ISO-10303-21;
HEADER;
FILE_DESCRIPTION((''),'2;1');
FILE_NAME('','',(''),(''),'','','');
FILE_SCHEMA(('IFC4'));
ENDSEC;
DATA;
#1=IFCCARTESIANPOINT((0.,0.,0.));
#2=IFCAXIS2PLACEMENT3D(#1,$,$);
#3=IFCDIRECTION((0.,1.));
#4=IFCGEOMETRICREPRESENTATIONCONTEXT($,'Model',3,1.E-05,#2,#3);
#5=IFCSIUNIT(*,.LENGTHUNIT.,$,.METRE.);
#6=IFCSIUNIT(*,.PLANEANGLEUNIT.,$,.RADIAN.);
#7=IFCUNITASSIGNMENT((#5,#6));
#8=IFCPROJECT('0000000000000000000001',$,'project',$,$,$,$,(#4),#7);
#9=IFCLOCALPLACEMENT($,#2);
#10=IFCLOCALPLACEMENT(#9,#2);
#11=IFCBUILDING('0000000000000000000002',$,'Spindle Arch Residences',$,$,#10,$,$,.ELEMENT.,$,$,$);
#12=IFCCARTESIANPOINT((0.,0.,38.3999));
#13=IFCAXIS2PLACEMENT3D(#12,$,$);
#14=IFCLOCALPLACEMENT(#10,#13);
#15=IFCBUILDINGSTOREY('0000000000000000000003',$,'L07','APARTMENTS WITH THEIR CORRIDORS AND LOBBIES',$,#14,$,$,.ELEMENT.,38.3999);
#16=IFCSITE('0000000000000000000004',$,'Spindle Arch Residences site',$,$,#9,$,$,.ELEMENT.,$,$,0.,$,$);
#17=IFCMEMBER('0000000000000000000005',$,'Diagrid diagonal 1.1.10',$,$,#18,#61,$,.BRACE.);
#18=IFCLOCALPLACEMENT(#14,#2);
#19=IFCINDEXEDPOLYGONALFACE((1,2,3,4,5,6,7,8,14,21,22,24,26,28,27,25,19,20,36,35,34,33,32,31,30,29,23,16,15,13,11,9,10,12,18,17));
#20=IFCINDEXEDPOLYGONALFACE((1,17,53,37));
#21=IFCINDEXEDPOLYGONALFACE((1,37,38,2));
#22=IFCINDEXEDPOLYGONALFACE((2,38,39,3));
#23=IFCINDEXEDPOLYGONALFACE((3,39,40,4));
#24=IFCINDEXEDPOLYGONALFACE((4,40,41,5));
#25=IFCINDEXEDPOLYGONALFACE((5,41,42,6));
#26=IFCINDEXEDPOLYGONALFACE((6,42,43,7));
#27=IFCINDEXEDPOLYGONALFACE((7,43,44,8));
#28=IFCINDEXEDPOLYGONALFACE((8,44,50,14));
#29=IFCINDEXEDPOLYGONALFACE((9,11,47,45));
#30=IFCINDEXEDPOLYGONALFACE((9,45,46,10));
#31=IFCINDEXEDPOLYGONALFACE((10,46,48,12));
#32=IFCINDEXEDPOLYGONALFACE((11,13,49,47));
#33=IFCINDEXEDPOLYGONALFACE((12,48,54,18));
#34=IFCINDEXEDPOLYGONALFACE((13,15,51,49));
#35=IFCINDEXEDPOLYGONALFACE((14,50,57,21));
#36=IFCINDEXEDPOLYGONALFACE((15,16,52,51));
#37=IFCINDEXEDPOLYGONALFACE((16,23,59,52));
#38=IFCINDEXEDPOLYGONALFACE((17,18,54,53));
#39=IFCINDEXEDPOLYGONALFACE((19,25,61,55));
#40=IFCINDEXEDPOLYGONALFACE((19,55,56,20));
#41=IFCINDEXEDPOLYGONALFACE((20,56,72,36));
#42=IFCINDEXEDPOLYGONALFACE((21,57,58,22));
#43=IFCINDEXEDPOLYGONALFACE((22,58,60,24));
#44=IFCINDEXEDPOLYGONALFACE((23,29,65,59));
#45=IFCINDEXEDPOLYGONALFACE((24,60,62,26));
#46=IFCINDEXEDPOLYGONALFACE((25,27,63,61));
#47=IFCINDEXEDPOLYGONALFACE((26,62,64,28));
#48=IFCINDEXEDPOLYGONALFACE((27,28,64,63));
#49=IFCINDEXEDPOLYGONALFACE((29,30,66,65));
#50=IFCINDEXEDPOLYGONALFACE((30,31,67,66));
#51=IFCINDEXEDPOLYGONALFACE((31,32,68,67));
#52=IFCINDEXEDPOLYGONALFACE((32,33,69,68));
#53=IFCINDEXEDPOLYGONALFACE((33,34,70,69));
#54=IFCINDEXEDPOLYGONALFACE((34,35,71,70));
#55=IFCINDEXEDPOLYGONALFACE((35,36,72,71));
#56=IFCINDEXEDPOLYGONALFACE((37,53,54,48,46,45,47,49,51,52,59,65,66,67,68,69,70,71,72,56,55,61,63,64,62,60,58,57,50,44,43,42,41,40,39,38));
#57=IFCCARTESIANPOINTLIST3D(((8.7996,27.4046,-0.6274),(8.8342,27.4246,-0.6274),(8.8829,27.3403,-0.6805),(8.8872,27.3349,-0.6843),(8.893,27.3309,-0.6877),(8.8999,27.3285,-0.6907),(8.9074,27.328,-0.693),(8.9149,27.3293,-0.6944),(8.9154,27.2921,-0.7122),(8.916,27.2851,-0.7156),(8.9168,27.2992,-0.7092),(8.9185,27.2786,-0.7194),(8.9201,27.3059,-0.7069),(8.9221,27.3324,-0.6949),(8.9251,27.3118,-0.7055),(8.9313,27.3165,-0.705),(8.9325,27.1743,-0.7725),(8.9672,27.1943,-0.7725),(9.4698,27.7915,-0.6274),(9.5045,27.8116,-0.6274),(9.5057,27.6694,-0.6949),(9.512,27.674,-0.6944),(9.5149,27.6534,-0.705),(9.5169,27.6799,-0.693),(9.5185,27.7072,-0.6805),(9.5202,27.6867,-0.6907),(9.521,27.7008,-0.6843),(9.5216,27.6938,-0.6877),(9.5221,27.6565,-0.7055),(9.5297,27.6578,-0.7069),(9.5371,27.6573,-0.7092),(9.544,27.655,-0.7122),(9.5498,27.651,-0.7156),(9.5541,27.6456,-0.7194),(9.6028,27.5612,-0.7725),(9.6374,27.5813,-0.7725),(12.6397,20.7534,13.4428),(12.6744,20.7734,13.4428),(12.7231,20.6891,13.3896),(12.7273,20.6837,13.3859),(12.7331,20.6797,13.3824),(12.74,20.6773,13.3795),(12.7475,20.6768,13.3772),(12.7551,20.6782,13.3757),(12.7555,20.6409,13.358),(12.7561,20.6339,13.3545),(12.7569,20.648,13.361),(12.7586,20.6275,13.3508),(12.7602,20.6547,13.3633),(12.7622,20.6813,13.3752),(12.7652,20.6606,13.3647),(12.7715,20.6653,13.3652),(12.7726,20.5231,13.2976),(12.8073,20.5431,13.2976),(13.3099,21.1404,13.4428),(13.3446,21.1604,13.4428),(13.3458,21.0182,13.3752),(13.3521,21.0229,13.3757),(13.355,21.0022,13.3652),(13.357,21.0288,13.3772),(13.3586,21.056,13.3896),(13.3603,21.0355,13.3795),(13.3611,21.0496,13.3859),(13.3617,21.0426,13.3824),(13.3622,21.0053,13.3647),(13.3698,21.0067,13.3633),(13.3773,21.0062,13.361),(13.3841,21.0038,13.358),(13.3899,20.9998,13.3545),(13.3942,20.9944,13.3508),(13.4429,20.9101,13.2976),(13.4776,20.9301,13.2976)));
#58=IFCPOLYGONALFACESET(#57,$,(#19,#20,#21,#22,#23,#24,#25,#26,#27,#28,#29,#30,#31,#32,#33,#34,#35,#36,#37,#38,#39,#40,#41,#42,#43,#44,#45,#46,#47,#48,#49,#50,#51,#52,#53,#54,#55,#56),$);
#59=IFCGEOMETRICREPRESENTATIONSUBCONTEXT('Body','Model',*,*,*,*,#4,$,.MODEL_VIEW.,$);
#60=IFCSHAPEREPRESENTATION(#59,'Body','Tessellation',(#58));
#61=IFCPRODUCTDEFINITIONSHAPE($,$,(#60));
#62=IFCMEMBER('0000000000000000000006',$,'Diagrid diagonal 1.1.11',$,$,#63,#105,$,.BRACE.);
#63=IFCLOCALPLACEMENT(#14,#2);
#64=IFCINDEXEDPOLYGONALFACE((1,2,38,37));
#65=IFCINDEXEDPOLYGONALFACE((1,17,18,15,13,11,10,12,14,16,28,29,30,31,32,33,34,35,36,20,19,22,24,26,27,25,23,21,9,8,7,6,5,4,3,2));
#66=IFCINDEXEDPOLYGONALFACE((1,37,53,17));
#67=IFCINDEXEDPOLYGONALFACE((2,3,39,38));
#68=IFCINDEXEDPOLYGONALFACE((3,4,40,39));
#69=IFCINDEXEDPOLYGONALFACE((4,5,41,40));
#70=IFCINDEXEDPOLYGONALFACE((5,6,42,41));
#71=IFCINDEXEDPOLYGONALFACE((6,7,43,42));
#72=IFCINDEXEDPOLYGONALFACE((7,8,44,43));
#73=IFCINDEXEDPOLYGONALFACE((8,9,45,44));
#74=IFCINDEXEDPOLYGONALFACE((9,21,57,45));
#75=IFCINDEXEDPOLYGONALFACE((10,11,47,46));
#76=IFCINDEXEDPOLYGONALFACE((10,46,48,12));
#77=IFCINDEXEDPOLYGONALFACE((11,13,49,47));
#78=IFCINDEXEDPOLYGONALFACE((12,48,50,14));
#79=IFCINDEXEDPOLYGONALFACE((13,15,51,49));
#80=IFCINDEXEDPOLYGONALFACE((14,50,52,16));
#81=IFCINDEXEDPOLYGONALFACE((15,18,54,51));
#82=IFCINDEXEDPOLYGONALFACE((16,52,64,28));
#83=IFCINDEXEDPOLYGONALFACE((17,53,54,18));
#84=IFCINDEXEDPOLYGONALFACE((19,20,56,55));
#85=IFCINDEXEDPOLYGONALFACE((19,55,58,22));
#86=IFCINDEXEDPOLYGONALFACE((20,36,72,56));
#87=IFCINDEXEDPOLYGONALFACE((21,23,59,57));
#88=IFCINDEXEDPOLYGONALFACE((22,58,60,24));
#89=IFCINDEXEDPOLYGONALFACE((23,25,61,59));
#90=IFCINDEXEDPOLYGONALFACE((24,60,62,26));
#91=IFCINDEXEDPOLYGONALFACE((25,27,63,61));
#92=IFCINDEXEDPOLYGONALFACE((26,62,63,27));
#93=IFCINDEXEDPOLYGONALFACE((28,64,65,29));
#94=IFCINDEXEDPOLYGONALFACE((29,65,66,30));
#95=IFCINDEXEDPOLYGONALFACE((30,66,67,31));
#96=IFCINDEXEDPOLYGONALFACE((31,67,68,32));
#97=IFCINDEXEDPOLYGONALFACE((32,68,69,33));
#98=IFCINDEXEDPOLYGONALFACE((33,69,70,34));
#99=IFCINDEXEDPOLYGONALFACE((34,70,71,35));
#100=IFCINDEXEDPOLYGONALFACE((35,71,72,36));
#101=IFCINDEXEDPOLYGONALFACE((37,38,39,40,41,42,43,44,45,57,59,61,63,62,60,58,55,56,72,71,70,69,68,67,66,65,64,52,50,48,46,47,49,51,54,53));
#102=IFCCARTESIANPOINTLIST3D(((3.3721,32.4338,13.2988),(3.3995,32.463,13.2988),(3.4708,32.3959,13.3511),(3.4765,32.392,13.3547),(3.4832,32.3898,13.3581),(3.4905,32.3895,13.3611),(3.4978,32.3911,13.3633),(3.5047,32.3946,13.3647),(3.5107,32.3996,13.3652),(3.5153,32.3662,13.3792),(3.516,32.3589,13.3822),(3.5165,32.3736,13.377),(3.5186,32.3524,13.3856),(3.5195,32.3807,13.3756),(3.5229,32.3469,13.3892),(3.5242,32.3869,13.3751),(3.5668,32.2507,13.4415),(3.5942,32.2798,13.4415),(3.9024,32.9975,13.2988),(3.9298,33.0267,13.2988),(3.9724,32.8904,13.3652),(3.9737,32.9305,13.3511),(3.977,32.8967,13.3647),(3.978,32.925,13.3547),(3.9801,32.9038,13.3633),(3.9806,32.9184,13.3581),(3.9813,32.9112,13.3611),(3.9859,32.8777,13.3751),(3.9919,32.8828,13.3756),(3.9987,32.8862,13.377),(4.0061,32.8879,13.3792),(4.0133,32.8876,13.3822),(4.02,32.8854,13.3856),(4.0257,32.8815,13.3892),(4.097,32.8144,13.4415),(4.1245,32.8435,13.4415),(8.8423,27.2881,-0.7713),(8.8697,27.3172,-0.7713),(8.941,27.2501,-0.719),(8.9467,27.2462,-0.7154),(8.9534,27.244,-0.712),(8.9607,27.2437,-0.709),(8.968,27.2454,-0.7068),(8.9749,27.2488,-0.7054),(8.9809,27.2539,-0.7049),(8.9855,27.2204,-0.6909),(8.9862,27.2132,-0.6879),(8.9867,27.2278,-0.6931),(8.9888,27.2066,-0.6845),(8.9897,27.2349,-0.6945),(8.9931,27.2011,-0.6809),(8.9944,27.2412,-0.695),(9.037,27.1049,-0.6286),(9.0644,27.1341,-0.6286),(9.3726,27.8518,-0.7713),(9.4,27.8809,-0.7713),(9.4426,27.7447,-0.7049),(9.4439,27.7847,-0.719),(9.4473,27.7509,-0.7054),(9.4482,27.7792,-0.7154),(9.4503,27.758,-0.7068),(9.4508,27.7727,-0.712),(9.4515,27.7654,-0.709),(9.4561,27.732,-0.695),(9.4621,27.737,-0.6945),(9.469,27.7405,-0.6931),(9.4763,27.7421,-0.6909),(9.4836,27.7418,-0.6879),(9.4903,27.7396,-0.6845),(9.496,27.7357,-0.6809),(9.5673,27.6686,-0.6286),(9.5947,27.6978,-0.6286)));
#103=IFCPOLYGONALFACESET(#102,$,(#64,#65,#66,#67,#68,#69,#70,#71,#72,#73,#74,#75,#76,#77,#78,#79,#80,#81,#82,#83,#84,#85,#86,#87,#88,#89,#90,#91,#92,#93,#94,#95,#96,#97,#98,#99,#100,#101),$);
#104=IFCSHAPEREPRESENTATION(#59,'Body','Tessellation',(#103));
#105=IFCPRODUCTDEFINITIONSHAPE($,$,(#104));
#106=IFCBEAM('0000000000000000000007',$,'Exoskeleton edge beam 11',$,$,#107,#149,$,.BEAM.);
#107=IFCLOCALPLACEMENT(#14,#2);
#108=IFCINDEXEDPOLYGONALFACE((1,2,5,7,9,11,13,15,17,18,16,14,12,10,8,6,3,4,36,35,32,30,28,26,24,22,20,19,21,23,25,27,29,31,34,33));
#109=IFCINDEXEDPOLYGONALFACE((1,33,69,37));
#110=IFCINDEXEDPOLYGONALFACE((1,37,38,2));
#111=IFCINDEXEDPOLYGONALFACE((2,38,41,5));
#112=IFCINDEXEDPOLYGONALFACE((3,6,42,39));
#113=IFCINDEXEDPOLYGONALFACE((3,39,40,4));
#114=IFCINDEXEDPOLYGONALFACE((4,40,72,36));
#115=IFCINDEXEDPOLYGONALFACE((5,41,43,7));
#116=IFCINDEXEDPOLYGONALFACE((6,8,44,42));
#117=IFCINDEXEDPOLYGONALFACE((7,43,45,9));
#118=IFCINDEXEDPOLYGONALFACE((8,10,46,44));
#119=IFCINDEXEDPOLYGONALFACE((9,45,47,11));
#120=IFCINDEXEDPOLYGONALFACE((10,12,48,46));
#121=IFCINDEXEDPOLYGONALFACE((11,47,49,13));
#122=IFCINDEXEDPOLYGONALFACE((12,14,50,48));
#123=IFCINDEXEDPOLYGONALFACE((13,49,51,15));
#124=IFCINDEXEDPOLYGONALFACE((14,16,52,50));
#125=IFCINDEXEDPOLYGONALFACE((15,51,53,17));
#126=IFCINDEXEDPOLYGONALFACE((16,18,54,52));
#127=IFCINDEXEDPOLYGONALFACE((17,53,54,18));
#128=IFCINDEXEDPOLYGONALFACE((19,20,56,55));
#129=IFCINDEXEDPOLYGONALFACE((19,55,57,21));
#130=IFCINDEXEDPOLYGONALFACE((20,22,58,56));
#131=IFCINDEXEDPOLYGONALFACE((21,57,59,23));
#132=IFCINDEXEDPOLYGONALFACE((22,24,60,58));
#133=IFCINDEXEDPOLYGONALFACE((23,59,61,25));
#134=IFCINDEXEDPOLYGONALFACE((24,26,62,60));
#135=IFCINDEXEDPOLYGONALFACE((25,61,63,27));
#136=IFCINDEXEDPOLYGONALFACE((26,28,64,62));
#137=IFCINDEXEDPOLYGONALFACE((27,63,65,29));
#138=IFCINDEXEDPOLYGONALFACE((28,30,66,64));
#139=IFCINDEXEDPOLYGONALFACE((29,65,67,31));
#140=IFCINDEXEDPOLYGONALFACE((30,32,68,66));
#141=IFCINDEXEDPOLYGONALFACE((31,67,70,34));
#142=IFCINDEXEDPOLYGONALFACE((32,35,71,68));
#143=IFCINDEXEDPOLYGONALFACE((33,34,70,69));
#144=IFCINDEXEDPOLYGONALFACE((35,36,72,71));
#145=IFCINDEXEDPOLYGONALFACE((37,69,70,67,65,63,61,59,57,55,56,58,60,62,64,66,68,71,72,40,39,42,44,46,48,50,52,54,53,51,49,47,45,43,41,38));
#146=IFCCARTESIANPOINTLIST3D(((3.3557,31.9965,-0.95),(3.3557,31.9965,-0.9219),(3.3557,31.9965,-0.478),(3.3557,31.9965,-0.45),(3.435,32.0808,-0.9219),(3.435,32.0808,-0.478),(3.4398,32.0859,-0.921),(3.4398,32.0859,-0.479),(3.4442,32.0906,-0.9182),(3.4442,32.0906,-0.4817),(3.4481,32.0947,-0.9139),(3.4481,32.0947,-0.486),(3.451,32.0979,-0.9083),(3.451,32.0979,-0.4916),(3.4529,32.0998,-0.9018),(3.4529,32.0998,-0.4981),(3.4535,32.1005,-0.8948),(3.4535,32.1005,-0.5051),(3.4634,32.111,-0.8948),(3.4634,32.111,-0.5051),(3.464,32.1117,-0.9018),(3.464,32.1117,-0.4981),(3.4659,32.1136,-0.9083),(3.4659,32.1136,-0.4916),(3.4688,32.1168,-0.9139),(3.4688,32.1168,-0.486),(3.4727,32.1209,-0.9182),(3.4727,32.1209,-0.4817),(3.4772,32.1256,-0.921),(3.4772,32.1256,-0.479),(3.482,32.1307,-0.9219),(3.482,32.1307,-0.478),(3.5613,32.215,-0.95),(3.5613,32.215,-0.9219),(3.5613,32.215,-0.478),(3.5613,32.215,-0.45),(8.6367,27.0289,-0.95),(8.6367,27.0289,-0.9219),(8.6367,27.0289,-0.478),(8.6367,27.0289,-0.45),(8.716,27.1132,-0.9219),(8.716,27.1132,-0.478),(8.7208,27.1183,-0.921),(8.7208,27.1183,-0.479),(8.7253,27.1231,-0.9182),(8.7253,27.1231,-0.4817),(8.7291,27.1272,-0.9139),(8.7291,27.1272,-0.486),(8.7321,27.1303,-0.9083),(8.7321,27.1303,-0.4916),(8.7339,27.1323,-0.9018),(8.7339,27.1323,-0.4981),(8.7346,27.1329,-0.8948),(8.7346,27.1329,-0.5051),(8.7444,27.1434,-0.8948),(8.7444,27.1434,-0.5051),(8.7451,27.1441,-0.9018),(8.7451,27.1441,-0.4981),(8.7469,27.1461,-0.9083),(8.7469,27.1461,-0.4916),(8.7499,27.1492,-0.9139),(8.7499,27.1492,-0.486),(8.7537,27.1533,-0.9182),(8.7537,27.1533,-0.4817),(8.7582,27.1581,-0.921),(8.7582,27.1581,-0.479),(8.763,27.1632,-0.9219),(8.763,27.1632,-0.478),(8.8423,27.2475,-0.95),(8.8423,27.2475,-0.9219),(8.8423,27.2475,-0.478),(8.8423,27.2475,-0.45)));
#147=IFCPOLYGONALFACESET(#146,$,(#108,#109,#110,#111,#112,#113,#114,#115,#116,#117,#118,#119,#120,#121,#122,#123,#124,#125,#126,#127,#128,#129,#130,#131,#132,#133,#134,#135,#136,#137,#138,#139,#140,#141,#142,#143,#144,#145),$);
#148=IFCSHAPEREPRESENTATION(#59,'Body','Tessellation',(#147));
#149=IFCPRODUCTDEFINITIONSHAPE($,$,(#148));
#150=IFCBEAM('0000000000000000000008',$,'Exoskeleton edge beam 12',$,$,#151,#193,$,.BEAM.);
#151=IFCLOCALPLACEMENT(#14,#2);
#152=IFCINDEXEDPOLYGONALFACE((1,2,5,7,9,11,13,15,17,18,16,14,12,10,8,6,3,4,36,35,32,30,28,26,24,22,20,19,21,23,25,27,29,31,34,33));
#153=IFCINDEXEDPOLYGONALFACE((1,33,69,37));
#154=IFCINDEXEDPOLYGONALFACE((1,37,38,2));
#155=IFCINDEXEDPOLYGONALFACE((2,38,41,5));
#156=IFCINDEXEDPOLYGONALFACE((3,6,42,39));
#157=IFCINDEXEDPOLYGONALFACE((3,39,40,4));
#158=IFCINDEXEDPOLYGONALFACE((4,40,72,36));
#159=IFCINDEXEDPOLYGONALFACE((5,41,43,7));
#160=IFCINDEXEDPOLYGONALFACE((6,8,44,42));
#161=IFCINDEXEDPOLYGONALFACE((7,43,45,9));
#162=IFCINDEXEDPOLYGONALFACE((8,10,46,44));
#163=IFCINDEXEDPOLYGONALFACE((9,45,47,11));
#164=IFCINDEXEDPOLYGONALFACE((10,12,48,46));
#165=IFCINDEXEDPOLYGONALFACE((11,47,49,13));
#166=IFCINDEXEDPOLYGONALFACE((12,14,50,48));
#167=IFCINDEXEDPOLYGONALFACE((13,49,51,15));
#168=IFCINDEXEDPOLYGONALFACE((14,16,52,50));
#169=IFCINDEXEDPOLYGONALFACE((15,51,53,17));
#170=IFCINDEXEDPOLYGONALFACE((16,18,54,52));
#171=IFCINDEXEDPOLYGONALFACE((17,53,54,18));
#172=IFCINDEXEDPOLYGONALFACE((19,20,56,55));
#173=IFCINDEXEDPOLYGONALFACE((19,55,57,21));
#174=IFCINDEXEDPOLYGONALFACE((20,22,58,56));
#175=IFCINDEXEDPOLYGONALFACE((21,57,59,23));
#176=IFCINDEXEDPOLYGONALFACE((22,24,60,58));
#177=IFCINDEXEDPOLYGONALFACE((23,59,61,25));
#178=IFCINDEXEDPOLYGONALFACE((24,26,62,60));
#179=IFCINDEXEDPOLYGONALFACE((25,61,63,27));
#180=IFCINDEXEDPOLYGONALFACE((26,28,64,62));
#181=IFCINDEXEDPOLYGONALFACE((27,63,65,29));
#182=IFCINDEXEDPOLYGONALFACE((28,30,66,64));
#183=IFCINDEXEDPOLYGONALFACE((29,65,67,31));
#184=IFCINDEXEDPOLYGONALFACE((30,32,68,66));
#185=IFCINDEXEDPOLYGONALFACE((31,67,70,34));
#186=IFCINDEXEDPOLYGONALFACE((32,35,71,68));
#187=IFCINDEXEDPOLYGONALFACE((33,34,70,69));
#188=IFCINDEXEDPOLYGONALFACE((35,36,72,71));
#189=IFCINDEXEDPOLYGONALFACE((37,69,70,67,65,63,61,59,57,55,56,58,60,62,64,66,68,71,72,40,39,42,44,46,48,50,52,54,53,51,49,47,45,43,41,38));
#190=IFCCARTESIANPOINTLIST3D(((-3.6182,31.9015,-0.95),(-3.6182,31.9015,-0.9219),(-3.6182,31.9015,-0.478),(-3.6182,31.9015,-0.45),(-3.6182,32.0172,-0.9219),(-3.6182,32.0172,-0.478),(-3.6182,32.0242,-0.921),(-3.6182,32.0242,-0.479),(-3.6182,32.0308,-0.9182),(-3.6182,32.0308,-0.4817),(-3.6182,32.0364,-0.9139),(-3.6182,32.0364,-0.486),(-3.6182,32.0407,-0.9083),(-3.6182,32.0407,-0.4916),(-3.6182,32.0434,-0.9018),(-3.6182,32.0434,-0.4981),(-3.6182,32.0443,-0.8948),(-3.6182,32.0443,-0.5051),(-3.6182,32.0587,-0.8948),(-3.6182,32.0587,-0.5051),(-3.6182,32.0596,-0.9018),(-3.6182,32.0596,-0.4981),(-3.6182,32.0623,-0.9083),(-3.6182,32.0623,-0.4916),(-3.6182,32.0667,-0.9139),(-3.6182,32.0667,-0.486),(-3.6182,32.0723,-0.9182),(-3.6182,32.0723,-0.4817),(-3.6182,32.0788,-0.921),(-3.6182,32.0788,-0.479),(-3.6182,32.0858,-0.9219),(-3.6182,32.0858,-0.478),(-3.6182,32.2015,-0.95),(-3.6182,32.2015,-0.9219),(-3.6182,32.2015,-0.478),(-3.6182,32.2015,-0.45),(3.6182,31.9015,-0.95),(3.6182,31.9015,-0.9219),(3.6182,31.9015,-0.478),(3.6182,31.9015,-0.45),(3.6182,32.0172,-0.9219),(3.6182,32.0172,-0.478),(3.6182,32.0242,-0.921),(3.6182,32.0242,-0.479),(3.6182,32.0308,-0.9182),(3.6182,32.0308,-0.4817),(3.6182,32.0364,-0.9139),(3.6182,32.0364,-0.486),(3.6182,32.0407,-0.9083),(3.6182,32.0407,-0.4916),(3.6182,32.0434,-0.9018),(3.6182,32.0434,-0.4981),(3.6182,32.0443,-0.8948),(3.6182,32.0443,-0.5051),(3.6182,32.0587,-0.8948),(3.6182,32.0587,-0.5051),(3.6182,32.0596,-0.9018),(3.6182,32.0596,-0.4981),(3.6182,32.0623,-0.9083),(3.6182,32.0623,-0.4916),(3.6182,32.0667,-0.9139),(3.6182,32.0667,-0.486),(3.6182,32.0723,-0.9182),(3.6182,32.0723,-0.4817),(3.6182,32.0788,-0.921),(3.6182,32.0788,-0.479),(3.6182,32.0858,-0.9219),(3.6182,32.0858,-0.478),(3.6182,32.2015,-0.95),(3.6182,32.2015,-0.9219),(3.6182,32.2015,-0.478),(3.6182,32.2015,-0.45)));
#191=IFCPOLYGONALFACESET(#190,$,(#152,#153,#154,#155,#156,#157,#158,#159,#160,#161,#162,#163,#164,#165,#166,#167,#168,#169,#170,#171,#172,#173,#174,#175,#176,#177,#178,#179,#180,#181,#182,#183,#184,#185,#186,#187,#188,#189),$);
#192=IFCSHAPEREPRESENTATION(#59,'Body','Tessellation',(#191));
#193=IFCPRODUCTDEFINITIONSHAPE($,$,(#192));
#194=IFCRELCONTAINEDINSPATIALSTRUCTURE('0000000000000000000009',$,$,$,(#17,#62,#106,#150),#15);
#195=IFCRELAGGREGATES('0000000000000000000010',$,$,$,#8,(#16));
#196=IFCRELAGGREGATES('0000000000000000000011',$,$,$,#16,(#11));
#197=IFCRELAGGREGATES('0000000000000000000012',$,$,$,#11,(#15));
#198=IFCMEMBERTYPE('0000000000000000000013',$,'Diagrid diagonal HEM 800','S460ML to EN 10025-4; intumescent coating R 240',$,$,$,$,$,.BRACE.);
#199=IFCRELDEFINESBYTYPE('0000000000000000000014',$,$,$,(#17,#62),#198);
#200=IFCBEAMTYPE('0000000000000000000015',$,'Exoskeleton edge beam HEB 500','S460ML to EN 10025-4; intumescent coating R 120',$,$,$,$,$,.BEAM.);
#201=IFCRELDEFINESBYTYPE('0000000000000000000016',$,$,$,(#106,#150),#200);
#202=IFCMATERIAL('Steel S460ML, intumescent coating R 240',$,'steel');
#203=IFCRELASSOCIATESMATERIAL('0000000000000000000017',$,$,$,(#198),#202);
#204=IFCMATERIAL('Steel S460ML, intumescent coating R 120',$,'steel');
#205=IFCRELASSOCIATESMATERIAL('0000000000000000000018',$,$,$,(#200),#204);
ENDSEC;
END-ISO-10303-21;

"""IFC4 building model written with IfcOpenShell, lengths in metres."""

from ifc_helpers import new_model, si_unit, direction, frame, origin, origin_2d, place, context, subcontext, project, spatial, i_section, extrude, material, material_profile, profile_set, type_object, element, save


model = new_model("IFC4")

# Units and contexts
model_context = context("Model", 3, precision=1e-05, world=origin(), true_north=direction((0.0, 1.0)))
body_context = subcontext(model_context, "Body", "Model", "MODEL_VIEW")
ifc_project = project(units=[si_unit("LENGTHUNIT", "METRE"), si_unit("PLANEANGLEUNIT", "RADIAN")], contexts=[model_context])

# Site, building, storey
site_placement = place(None, origin())
site = spatial("IfcSite", under=ifc_project, at=site_placement, Name="Spindle Arch Residences site", CompositionType="ELEMENT", RefElevation=0.0)
building_placement = place(site_placement, origin())
building = spatial("IfcBuilding", under=site, at=building_placement, Name="Spindle Arch Residences", CompositionType="ELEMENT")
storey_placement = place(building_placement, frame((0.0, 0.0, 38.3999)))
storey = spatial("IfcBuildingStorey", under=building, at=storey_placement, Name="L07", Description="APARTMENTS WITH THEIR CORRIDORS AND LOBBIES", CompositionType="ELEMENT", Elevation=38.3999)

# Members
ifc_material_1 = material(Name="Steel S460ML, intumescent coating R 240", Category="steel")
ifc_material_profile_1 = material_profile(ifc_material_1, i_section(OverallWidth=0.303, OverallDepth=0.814, WebThickness=0.021, FlangeThickness=0.04, FilletRadius=0.03, at=origin_2d()), Name="HEM 800")
ifc_profile_set_1 = profile_set([ifc_material_profile_1], Name="Steel S460ML, intumescent coating R 240")
member_type_1 = type_object("IfcMemberType", Name="Diagrid diagonal HEM 800", Description="S460ML to EN 10025-4; intumescent coating R 240", PredefinedType="BRACE", material=ifc_profile_set_1)
member_1_placement = place(storey_placement, frame((9.2185, 27.4929, -0.7), z_axis=(0.239561, -0.414926, 0.877751), x_axis=(-0.438881, 0.760152, 0.479117)))
element("IfcMember", 1, at=member_1_placement, inside=storey, type_object=member_type_1, Name="Diagrid diagonal 1.1.10", PredefinedType="BRACE", context=body_context, shape_type="SweptSolid", body=[
    extrude(i_section(OverallWidth=0.303, OverallDepth=0.814, WebThickness=0.021, FlangeThickness=0.04, FilletRadius=0.03, at=origin_2d()), origin(), (0.0, 0.0, 1.0), 16.0298),
])
member_2_placement = place(storey_placement, frame((9.2185, 27.4929, -0.7), z_axis=(-0.342983, 0.322639, 0.882194), x_axis=(0.642571, -0.604458, 0.470886)))
element("IfcMember", 2, at=member_2_placement, inside=storey, type_object=member_type_1, Name="Diagrid diagonal 1.1.11", PredefinedType="BRACE", context=body_context, shape_type="SweptSolid", body=[
    extrude(i_section(OverallWidth=0.303, OverallDepth=0.814, WebThickness=0.021, FlangeThickness=0.04, FilletRadius=0.03, at=origin_2d()), origin(), (0.0, 0.0, 1.0), 15.949),
])

# Beams
ifc_material_2 = material(Name="Steel S460ML, intumescent coating R 120", Category="steel")
ifc_material_profile_2 = material_profile(ifc_material_2, i_section(OverallWidth=0.3, OverallDepth=0.5, WebThickness=0.0144, FlangeThickness=0.0281, FilletRadius=0.0271, at=origin_2d()), Name="HEB 500")
ifc_profile_set_2 = profile_set([ifc_material_profile_2], Name="Steel S460ML, intumescent coating R 120")
beam_type_1 = type_object("IfcBeamType", Name="Exoskeleton edge beam HEB 500", Description="S460ML to EN 10025-4; intumescent coating R 120", PredefinedType="BEAM", material=ifc_profile_set_2)
beam_1_placement = place(storey_placement, frame((8.7395, 27.1382, -0.7), z_axis=(-0.728395, 0.685158, 0.0), x_axis=(-0.685158, -0.728395, 0.0)))
element("IfcBeam", 3, at=beam_1_placement, inside=storey, type_object=beam_type_1, Name="Exoskeleton edge beam 11", PredefinedType="BEAM", context=body_context, shape_type="SweptSolid", body=[
    extrude(i_section(OverallWidth=0.3, OverallDepth=0.5, WebThickness=0.0144, FlangeThickness=0.0281, FilletRadius=0.0271, at=origin_2d()), origin(), (0.0, 0.0, 1.0), 7.2502),
])
beam_2_placement = place(storey_placement, frame((3.6182, 32.0515, -0.7), z_axis=(-1.0, 0.0, 0.0), x_axis=(0.0, -1.0, 0.0)))
element("IfcBeam", 4, at=beam_2_placement, inside=storey, type_object=beam_type_1, Name="Exoskeleton edge beam 12", PredefinedType="BEAM", context=body_context, shape_type="SweptSolid", body=[
    extrude(i_section(OverallWidth=0.3, OverallDepth=0.5, WebThickness=0.0144, FlangeThickness=0.0281, FilletRadius=0.0271, at=origin_2d()), origin(), (0.0, 0.0, 1.0), 7.2363),
])

save(model, "model.ifc")
